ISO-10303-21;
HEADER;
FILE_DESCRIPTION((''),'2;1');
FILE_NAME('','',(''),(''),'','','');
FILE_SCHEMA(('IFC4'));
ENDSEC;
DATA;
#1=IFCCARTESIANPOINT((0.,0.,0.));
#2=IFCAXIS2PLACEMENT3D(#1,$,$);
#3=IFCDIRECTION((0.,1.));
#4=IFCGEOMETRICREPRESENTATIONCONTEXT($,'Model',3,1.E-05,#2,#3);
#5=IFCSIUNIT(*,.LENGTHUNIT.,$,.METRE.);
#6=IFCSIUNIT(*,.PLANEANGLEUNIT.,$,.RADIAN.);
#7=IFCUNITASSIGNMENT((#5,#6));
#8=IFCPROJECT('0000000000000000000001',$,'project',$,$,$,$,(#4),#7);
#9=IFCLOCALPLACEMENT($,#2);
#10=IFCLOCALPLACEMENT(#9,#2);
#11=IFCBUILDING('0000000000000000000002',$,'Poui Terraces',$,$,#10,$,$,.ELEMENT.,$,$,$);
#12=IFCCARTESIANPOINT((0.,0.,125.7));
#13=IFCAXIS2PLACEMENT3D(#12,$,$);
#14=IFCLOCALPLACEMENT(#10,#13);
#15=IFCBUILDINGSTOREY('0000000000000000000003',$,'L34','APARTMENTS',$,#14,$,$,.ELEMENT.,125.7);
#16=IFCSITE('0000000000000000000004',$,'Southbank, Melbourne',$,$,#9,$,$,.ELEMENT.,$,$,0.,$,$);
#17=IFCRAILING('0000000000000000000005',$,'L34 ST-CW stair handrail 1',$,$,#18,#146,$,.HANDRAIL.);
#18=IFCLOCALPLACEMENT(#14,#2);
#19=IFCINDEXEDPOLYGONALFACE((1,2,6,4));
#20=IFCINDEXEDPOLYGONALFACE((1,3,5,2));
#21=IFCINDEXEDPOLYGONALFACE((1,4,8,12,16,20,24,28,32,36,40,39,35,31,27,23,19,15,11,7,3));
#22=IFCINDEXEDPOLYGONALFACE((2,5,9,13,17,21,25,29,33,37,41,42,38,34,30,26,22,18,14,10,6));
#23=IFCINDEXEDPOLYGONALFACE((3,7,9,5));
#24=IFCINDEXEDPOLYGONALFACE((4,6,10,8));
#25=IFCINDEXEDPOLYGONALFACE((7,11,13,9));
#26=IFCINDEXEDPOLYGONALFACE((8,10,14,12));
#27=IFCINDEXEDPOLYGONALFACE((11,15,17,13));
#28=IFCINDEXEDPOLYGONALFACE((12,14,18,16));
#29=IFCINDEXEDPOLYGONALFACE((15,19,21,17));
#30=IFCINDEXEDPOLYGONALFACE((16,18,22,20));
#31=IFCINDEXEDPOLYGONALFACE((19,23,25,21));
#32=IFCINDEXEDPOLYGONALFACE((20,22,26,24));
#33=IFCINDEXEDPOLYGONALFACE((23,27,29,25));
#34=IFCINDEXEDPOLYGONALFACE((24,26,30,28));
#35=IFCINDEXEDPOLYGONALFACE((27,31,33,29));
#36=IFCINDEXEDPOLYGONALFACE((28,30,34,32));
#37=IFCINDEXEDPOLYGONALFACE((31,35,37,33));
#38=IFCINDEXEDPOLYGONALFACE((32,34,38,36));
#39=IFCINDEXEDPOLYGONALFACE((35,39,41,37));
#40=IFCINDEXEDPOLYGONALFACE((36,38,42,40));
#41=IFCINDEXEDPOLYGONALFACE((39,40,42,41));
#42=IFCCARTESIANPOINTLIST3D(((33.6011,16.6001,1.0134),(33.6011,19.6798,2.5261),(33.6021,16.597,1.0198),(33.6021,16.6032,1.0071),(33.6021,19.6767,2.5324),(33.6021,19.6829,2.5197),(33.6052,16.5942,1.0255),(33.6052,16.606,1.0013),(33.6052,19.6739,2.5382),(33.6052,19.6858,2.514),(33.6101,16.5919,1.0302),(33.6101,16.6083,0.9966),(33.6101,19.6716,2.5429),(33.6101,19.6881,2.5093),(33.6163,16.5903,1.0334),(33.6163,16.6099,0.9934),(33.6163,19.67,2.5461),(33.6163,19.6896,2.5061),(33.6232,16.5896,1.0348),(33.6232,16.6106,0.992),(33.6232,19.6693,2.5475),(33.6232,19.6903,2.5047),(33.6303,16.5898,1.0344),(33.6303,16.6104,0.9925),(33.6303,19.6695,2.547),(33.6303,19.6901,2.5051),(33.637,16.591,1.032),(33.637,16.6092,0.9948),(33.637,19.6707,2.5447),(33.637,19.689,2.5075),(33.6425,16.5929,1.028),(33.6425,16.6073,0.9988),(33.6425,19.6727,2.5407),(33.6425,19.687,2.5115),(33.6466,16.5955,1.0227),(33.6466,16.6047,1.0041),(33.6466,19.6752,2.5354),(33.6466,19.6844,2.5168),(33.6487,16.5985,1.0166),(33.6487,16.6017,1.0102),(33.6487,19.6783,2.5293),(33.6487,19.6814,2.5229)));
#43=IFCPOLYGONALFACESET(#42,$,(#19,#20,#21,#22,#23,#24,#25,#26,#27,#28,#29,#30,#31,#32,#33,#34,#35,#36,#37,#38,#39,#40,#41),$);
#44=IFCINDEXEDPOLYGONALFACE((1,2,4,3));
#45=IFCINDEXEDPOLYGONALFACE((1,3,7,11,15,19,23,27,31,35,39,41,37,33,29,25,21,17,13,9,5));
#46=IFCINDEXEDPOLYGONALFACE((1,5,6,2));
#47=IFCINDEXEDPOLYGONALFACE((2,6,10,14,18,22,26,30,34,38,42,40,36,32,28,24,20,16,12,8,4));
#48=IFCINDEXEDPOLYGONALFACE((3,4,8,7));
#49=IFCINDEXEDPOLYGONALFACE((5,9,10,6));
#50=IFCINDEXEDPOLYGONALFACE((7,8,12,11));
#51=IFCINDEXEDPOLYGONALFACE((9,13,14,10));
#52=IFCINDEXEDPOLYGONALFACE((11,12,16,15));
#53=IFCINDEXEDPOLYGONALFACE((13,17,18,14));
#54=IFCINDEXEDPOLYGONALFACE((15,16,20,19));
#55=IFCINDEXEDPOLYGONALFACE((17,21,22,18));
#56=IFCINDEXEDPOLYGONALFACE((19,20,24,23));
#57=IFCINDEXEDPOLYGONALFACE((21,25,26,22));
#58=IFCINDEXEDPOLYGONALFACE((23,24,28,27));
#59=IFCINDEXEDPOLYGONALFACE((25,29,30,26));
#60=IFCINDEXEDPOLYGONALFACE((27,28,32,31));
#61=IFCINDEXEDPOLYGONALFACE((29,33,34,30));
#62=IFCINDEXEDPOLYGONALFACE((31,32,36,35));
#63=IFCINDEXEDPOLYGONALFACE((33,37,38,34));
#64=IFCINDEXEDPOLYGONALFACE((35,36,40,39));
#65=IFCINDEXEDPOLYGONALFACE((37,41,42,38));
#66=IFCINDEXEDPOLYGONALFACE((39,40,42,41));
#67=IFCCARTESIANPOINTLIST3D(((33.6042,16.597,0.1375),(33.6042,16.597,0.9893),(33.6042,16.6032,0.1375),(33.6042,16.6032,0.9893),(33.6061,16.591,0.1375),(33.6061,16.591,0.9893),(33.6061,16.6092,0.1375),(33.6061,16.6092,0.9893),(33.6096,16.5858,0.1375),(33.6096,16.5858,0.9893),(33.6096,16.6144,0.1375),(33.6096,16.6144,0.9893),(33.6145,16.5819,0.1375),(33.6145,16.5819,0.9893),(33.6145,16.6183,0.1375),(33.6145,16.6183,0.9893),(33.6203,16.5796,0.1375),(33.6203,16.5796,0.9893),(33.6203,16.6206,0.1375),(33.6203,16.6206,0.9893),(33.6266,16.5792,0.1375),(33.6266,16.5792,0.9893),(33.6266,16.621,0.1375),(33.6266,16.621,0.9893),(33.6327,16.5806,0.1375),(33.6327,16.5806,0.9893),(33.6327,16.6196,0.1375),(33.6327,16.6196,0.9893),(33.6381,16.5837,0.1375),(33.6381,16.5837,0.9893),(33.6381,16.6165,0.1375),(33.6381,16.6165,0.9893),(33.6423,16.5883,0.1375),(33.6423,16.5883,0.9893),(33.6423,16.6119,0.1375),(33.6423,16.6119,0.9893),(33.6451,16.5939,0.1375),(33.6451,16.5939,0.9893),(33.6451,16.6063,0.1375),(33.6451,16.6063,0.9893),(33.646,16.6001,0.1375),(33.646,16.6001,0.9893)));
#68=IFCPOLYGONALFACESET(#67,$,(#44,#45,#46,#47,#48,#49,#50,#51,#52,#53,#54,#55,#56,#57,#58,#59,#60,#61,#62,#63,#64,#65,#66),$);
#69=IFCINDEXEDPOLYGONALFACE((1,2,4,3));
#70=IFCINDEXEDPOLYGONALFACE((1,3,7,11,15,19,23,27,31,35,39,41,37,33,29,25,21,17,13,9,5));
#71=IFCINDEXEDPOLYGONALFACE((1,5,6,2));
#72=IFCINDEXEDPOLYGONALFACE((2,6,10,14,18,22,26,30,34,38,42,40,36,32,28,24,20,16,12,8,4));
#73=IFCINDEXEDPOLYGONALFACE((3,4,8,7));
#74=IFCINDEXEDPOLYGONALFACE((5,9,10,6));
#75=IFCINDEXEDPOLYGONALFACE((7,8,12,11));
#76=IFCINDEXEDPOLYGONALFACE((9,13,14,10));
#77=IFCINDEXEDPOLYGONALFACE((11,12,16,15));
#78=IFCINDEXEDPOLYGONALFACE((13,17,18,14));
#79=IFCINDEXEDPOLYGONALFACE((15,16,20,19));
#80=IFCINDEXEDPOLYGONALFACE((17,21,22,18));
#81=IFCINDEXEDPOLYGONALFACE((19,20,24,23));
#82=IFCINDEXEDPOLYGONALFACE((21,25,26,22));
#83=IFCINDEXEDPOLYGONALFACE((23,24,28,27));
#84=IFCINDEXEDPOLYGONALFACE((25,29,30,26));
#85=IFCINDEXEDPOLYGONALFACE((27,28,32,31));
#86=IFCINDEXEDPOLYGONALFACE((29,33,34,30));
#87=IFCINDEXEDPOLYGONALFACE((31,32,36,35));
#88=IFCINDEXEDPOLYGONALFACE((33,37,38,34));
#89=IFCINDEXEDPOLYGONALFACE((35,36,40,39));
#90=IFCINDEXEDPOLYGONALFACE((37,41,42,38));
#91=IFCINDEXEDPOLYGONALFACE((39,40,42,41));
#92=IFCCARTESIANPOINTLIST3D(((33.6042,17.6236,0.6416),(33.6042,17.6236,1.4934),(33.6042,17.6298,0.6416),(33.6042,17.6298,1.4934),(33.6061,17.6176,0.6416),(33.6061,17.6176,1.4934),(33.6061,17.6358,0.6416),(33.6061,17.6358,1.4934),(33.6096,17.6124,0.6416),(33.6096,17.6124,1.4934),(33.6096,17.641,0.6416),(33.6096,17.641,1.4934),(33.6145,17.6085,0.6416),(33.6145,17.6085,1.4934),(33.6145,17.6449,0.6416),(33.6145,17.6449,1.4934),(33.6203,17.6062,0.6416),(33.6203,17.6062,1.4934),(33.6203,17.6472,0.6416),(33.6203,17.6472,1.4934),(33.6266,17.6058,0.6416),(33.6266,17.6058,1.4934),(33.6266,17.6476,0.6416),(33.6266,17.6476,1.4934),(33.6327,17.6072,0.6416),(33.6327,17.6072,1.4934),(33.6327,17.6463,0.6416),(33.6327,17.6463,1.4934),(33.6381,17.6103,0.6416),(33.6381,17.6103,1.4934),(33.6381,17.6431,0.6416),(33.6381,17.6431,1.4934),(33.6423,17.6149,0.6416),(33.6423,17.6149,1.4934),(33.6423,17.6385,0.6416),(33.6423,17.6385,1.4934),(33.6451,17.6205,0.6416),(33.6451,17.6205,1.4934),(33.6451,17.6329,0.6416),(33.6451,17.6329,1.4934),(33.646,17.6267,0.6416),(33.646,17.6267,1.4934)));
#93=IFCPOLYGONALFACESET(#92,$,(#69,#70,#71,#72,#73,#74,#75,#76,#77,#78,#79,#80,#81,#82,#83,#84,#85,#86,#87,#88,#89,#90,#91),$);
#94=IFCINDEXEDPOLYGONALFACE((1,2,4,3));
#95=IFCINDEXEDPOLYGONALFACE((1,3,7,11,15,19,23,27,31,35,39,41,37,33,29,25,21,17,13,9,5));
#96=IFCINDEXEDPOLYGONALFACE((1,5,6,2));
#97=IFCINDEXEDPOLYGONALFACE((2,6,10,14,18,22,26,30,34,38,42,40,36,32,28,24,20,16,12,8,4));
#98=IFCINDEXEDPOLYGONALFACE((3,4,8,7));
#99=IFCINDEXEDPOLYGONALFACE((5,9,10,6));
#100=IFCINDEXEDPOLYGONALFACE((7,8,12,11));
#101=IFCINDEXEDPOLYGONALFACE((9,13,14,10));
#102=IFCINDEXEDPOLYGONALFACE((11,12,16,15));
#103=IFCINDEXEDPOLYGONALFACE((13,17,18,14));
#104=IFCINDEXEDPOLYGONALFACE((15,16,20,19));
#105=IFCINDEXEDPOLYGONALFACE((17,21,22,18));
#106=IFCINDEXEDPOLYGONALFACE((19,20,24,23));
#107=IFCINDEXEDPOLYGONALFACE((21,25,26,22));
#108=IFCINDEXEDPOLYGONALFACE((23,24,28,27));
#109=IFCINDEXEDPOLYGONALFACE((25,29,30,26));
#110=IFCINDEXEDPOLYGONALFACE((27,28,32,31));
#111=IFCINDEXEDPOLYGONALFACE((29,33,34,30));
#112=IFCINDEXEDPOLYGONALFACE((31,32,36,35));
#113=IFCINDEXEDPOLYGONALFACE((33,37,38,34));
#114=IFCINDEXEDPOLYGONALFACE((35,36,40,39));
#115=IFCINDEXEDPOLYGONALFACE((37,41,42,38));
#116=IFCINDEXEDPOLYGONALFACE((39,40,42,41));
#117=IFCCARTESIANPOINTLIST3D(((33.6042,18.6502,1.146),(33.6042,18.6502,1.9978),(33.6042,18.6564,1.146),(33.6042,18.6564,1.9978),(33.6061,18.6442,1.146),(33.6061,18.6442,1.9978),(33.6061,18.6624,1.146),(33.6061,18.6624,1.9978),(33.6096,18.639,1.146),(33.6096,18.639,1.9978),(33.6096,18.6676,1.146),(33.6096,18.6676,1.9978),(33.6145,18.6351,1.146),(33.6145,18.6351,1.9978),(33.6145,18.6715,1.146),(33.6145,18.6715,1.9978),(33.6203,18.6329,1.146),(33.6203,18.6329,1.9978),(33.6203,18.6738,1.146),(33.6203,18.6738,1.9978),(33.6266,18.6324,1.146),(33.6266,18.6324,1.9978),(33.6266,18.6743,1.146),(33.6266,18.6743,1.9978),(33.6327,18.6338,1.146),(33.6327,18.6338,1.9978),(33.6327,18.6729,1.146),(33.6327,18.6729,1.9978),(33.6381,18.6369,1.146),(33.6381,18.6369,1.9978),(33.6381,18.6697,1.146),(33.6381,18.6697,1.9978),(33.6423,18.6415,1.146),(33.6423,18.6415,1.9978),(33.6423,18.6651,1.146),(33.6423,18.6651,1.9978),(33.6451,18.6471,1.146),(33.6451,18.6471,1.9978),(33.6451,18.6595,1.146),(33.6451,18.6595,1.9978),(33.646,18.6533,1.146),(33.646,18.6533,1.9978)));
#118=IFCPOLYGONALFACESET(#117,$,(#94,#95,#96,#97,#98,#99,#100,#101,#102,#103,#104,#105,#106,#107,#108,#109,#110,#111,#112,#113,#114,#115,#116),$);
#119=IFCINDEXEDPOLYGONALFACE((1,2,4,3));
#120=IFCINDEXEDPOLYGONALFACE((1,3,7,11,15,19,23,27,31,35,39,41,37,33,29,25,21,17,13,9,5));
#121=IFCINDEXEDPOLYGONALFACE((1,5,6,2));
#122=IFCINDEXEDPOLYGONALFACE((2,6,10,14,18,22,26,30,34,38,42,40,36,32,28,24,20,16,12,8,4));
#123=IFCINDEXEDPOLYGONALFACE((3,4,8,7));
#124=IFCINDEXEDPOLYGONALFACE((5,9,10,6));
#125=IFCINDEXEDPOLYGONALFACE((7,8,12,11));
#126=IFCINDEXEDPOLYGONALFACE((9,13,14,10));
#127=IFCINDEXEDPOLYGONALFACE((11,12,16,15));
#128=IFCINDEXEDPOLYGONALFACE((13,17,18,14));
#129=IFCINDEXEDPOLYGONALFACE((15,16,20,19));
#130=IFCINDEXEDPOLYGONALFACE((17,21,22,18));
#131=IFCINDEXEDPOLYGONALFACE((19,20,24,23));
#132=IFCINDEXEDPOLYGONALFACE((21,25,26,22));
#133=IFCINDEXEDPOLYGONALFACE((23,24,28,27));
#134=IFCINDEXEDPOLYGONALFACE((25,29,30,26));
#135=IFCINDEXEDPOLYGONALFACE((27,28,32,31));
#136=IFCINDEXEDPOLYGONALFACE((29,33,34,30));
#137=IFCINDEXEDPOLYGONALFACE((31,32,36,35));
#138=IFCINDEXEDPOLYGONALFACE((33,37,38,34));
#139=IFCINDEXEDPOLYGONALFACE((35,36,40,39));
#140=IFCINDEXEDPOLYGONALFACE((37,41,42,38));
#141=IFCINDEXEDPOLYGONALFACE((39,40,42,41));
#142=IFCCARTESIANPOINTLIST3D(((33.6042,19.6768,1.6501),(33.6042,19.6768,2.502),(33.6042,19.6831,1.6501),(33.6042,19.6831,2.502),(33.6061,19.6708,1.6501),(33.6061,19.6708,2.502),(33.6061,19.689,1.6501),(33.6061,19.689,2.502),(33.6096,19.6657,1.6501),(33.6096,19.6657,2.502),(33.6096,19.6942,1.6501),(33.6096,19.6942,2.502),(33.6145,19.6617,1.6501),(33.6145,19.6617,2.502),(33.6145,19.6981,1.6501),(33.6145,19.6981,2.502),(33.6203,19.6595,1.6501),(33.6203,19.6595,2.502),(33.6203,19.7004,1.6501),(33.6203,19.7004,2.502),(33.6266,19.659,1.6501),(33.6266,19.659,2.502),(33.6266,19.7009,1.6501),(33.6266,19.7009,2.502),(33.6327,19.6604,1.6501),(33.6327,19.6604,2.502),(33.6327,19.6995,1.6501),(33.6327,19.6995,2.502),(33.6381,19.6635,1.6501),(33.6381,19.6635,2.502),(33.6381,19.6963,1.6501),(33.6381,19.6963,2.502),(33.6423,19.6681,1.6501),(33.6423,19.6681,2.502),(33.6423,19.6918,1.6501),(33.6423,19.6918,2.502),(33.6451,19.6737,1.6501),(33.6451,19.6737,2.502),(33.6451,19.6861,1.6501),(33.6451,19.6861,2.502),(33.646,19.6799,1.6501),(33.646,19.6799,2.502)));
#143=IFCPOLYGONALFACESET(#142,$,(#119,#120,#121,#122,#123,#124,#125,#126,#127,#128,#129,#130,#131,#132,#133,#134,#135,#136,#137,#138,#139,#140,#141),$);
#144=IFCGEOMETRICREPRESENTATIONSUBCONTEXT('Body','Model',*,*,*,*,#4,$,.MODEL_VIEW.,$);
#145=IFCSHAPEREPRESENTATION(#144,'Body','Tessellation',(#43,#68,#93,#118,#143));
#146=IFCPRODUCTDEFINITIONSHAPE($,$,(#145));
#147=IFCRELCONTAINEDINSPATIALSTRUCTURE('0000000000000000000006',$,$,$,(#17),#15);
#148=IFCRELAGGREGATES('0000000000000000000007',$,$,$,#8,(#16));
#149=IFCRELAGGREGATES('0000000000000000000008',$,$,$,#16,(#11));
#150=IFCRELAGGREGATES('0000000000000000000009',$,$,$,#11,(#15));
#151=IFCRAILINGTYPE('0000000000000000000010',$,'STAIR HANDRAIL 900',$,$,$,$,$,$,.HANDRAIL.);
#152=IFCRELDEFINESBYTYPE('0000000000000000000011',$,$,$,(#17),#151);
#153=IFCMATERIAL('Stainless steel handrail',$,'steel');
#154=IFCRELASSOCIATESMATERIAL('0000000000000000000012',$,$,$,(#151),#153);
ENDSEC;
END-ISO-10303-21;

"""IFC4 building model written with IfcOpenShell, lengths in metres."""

from ifc_helpers import new_model, si_unit, direction, frame, origin, origin_2d, place, context, subcontext, project, spatial, circle, extrude, material, type_object, element, save


model = new_model("IFC4")

# Units and contexts
model_context = context("Model", 3, precision=1e-05, world=origin(), true_north=direction((0.0, 1.0)))
body_context = subcontext(model_context, "Body", "Model", "MODEL_VIEW")
ifc_project = project(units=[si_unit("LENGTHUNIT", "METRE"), si_unit("PLANEANGLEUNIT", "RADIAN")], contexts=[model_context])

# Site, building, storey
site_placement = place(None, origin())
site = spatial("IfcSite", under=ifc_project, at=site_placement, Name="Southbank, Melbourne", CompositionType="ELEMENT", RefElevation=0.0)
building_placement = place(site_placement, origin())
building = spatial("IfcBuilding", under=site, at=building_placement, Name="Poui Terraces", CompositionType="ELEMENT")
storey_placement = place(building_placement, frame((0.0, 0.0, 125.7)))
storey = spatial("IfcBuildingStorey", under=building, at=storey_placement, Name="L34", Description="APARTMENTS", CompositionType="ELEMENT", Elevation=125.7)

# Railing
ifc_material_1 = material(Name="Stainless steel handrail", Category="steel")
railing_type_1 = type_object("IfcRailingType", Name="STAIR HANDRAIL 900", PredefinedType="HANDRAIL", material=ifc_material_1)
railing_1_placement = place(storey_placement, frame((33.625, 16.6001, 0.1375)))
element("IfcRailing", 1, at=railing_1_placement, inside=storey, type_object=railing_type_1, Name="L34 ST-CW stair handrail 1", PredefinedType="HANDRAIL", context=body_context, shape_type="SweptSolid", body=[
    extrude(circle(Radius=0.0239, at=origin_2d()), frame((0.0, 0.0, 0.876), z_axis=(0.0, 0.897578, 0.440856), x_axis=(-1.0, 0.0, 0.0)), (0.0, 0.0, 1.0), 3.4312),
    extrude(circle(Radius=0.021, at=origin_2d()), origin(), (0.0, 0.0, 1.0), 0.8518),
    extrude(circle(Radius=0.021, at=origin_2d()), frame((0.0, 1.0266, 0.5042)), (0.0, 0.0, 1.0), 0.8518),
    extrude(circle(Radius=0.021, at=origin_2d()), frame((0.0, 2.0532, 1.0085)), (0.0, 0.0, 1.0), 0.8518),
    extrude(circle(Radius=0.021, at=origin_2d()), frame((0.0, 3.0798, 1.5127)), (0.0, 0.0, 1.0), 0.8518),
])

save(model, "model.ifc")
